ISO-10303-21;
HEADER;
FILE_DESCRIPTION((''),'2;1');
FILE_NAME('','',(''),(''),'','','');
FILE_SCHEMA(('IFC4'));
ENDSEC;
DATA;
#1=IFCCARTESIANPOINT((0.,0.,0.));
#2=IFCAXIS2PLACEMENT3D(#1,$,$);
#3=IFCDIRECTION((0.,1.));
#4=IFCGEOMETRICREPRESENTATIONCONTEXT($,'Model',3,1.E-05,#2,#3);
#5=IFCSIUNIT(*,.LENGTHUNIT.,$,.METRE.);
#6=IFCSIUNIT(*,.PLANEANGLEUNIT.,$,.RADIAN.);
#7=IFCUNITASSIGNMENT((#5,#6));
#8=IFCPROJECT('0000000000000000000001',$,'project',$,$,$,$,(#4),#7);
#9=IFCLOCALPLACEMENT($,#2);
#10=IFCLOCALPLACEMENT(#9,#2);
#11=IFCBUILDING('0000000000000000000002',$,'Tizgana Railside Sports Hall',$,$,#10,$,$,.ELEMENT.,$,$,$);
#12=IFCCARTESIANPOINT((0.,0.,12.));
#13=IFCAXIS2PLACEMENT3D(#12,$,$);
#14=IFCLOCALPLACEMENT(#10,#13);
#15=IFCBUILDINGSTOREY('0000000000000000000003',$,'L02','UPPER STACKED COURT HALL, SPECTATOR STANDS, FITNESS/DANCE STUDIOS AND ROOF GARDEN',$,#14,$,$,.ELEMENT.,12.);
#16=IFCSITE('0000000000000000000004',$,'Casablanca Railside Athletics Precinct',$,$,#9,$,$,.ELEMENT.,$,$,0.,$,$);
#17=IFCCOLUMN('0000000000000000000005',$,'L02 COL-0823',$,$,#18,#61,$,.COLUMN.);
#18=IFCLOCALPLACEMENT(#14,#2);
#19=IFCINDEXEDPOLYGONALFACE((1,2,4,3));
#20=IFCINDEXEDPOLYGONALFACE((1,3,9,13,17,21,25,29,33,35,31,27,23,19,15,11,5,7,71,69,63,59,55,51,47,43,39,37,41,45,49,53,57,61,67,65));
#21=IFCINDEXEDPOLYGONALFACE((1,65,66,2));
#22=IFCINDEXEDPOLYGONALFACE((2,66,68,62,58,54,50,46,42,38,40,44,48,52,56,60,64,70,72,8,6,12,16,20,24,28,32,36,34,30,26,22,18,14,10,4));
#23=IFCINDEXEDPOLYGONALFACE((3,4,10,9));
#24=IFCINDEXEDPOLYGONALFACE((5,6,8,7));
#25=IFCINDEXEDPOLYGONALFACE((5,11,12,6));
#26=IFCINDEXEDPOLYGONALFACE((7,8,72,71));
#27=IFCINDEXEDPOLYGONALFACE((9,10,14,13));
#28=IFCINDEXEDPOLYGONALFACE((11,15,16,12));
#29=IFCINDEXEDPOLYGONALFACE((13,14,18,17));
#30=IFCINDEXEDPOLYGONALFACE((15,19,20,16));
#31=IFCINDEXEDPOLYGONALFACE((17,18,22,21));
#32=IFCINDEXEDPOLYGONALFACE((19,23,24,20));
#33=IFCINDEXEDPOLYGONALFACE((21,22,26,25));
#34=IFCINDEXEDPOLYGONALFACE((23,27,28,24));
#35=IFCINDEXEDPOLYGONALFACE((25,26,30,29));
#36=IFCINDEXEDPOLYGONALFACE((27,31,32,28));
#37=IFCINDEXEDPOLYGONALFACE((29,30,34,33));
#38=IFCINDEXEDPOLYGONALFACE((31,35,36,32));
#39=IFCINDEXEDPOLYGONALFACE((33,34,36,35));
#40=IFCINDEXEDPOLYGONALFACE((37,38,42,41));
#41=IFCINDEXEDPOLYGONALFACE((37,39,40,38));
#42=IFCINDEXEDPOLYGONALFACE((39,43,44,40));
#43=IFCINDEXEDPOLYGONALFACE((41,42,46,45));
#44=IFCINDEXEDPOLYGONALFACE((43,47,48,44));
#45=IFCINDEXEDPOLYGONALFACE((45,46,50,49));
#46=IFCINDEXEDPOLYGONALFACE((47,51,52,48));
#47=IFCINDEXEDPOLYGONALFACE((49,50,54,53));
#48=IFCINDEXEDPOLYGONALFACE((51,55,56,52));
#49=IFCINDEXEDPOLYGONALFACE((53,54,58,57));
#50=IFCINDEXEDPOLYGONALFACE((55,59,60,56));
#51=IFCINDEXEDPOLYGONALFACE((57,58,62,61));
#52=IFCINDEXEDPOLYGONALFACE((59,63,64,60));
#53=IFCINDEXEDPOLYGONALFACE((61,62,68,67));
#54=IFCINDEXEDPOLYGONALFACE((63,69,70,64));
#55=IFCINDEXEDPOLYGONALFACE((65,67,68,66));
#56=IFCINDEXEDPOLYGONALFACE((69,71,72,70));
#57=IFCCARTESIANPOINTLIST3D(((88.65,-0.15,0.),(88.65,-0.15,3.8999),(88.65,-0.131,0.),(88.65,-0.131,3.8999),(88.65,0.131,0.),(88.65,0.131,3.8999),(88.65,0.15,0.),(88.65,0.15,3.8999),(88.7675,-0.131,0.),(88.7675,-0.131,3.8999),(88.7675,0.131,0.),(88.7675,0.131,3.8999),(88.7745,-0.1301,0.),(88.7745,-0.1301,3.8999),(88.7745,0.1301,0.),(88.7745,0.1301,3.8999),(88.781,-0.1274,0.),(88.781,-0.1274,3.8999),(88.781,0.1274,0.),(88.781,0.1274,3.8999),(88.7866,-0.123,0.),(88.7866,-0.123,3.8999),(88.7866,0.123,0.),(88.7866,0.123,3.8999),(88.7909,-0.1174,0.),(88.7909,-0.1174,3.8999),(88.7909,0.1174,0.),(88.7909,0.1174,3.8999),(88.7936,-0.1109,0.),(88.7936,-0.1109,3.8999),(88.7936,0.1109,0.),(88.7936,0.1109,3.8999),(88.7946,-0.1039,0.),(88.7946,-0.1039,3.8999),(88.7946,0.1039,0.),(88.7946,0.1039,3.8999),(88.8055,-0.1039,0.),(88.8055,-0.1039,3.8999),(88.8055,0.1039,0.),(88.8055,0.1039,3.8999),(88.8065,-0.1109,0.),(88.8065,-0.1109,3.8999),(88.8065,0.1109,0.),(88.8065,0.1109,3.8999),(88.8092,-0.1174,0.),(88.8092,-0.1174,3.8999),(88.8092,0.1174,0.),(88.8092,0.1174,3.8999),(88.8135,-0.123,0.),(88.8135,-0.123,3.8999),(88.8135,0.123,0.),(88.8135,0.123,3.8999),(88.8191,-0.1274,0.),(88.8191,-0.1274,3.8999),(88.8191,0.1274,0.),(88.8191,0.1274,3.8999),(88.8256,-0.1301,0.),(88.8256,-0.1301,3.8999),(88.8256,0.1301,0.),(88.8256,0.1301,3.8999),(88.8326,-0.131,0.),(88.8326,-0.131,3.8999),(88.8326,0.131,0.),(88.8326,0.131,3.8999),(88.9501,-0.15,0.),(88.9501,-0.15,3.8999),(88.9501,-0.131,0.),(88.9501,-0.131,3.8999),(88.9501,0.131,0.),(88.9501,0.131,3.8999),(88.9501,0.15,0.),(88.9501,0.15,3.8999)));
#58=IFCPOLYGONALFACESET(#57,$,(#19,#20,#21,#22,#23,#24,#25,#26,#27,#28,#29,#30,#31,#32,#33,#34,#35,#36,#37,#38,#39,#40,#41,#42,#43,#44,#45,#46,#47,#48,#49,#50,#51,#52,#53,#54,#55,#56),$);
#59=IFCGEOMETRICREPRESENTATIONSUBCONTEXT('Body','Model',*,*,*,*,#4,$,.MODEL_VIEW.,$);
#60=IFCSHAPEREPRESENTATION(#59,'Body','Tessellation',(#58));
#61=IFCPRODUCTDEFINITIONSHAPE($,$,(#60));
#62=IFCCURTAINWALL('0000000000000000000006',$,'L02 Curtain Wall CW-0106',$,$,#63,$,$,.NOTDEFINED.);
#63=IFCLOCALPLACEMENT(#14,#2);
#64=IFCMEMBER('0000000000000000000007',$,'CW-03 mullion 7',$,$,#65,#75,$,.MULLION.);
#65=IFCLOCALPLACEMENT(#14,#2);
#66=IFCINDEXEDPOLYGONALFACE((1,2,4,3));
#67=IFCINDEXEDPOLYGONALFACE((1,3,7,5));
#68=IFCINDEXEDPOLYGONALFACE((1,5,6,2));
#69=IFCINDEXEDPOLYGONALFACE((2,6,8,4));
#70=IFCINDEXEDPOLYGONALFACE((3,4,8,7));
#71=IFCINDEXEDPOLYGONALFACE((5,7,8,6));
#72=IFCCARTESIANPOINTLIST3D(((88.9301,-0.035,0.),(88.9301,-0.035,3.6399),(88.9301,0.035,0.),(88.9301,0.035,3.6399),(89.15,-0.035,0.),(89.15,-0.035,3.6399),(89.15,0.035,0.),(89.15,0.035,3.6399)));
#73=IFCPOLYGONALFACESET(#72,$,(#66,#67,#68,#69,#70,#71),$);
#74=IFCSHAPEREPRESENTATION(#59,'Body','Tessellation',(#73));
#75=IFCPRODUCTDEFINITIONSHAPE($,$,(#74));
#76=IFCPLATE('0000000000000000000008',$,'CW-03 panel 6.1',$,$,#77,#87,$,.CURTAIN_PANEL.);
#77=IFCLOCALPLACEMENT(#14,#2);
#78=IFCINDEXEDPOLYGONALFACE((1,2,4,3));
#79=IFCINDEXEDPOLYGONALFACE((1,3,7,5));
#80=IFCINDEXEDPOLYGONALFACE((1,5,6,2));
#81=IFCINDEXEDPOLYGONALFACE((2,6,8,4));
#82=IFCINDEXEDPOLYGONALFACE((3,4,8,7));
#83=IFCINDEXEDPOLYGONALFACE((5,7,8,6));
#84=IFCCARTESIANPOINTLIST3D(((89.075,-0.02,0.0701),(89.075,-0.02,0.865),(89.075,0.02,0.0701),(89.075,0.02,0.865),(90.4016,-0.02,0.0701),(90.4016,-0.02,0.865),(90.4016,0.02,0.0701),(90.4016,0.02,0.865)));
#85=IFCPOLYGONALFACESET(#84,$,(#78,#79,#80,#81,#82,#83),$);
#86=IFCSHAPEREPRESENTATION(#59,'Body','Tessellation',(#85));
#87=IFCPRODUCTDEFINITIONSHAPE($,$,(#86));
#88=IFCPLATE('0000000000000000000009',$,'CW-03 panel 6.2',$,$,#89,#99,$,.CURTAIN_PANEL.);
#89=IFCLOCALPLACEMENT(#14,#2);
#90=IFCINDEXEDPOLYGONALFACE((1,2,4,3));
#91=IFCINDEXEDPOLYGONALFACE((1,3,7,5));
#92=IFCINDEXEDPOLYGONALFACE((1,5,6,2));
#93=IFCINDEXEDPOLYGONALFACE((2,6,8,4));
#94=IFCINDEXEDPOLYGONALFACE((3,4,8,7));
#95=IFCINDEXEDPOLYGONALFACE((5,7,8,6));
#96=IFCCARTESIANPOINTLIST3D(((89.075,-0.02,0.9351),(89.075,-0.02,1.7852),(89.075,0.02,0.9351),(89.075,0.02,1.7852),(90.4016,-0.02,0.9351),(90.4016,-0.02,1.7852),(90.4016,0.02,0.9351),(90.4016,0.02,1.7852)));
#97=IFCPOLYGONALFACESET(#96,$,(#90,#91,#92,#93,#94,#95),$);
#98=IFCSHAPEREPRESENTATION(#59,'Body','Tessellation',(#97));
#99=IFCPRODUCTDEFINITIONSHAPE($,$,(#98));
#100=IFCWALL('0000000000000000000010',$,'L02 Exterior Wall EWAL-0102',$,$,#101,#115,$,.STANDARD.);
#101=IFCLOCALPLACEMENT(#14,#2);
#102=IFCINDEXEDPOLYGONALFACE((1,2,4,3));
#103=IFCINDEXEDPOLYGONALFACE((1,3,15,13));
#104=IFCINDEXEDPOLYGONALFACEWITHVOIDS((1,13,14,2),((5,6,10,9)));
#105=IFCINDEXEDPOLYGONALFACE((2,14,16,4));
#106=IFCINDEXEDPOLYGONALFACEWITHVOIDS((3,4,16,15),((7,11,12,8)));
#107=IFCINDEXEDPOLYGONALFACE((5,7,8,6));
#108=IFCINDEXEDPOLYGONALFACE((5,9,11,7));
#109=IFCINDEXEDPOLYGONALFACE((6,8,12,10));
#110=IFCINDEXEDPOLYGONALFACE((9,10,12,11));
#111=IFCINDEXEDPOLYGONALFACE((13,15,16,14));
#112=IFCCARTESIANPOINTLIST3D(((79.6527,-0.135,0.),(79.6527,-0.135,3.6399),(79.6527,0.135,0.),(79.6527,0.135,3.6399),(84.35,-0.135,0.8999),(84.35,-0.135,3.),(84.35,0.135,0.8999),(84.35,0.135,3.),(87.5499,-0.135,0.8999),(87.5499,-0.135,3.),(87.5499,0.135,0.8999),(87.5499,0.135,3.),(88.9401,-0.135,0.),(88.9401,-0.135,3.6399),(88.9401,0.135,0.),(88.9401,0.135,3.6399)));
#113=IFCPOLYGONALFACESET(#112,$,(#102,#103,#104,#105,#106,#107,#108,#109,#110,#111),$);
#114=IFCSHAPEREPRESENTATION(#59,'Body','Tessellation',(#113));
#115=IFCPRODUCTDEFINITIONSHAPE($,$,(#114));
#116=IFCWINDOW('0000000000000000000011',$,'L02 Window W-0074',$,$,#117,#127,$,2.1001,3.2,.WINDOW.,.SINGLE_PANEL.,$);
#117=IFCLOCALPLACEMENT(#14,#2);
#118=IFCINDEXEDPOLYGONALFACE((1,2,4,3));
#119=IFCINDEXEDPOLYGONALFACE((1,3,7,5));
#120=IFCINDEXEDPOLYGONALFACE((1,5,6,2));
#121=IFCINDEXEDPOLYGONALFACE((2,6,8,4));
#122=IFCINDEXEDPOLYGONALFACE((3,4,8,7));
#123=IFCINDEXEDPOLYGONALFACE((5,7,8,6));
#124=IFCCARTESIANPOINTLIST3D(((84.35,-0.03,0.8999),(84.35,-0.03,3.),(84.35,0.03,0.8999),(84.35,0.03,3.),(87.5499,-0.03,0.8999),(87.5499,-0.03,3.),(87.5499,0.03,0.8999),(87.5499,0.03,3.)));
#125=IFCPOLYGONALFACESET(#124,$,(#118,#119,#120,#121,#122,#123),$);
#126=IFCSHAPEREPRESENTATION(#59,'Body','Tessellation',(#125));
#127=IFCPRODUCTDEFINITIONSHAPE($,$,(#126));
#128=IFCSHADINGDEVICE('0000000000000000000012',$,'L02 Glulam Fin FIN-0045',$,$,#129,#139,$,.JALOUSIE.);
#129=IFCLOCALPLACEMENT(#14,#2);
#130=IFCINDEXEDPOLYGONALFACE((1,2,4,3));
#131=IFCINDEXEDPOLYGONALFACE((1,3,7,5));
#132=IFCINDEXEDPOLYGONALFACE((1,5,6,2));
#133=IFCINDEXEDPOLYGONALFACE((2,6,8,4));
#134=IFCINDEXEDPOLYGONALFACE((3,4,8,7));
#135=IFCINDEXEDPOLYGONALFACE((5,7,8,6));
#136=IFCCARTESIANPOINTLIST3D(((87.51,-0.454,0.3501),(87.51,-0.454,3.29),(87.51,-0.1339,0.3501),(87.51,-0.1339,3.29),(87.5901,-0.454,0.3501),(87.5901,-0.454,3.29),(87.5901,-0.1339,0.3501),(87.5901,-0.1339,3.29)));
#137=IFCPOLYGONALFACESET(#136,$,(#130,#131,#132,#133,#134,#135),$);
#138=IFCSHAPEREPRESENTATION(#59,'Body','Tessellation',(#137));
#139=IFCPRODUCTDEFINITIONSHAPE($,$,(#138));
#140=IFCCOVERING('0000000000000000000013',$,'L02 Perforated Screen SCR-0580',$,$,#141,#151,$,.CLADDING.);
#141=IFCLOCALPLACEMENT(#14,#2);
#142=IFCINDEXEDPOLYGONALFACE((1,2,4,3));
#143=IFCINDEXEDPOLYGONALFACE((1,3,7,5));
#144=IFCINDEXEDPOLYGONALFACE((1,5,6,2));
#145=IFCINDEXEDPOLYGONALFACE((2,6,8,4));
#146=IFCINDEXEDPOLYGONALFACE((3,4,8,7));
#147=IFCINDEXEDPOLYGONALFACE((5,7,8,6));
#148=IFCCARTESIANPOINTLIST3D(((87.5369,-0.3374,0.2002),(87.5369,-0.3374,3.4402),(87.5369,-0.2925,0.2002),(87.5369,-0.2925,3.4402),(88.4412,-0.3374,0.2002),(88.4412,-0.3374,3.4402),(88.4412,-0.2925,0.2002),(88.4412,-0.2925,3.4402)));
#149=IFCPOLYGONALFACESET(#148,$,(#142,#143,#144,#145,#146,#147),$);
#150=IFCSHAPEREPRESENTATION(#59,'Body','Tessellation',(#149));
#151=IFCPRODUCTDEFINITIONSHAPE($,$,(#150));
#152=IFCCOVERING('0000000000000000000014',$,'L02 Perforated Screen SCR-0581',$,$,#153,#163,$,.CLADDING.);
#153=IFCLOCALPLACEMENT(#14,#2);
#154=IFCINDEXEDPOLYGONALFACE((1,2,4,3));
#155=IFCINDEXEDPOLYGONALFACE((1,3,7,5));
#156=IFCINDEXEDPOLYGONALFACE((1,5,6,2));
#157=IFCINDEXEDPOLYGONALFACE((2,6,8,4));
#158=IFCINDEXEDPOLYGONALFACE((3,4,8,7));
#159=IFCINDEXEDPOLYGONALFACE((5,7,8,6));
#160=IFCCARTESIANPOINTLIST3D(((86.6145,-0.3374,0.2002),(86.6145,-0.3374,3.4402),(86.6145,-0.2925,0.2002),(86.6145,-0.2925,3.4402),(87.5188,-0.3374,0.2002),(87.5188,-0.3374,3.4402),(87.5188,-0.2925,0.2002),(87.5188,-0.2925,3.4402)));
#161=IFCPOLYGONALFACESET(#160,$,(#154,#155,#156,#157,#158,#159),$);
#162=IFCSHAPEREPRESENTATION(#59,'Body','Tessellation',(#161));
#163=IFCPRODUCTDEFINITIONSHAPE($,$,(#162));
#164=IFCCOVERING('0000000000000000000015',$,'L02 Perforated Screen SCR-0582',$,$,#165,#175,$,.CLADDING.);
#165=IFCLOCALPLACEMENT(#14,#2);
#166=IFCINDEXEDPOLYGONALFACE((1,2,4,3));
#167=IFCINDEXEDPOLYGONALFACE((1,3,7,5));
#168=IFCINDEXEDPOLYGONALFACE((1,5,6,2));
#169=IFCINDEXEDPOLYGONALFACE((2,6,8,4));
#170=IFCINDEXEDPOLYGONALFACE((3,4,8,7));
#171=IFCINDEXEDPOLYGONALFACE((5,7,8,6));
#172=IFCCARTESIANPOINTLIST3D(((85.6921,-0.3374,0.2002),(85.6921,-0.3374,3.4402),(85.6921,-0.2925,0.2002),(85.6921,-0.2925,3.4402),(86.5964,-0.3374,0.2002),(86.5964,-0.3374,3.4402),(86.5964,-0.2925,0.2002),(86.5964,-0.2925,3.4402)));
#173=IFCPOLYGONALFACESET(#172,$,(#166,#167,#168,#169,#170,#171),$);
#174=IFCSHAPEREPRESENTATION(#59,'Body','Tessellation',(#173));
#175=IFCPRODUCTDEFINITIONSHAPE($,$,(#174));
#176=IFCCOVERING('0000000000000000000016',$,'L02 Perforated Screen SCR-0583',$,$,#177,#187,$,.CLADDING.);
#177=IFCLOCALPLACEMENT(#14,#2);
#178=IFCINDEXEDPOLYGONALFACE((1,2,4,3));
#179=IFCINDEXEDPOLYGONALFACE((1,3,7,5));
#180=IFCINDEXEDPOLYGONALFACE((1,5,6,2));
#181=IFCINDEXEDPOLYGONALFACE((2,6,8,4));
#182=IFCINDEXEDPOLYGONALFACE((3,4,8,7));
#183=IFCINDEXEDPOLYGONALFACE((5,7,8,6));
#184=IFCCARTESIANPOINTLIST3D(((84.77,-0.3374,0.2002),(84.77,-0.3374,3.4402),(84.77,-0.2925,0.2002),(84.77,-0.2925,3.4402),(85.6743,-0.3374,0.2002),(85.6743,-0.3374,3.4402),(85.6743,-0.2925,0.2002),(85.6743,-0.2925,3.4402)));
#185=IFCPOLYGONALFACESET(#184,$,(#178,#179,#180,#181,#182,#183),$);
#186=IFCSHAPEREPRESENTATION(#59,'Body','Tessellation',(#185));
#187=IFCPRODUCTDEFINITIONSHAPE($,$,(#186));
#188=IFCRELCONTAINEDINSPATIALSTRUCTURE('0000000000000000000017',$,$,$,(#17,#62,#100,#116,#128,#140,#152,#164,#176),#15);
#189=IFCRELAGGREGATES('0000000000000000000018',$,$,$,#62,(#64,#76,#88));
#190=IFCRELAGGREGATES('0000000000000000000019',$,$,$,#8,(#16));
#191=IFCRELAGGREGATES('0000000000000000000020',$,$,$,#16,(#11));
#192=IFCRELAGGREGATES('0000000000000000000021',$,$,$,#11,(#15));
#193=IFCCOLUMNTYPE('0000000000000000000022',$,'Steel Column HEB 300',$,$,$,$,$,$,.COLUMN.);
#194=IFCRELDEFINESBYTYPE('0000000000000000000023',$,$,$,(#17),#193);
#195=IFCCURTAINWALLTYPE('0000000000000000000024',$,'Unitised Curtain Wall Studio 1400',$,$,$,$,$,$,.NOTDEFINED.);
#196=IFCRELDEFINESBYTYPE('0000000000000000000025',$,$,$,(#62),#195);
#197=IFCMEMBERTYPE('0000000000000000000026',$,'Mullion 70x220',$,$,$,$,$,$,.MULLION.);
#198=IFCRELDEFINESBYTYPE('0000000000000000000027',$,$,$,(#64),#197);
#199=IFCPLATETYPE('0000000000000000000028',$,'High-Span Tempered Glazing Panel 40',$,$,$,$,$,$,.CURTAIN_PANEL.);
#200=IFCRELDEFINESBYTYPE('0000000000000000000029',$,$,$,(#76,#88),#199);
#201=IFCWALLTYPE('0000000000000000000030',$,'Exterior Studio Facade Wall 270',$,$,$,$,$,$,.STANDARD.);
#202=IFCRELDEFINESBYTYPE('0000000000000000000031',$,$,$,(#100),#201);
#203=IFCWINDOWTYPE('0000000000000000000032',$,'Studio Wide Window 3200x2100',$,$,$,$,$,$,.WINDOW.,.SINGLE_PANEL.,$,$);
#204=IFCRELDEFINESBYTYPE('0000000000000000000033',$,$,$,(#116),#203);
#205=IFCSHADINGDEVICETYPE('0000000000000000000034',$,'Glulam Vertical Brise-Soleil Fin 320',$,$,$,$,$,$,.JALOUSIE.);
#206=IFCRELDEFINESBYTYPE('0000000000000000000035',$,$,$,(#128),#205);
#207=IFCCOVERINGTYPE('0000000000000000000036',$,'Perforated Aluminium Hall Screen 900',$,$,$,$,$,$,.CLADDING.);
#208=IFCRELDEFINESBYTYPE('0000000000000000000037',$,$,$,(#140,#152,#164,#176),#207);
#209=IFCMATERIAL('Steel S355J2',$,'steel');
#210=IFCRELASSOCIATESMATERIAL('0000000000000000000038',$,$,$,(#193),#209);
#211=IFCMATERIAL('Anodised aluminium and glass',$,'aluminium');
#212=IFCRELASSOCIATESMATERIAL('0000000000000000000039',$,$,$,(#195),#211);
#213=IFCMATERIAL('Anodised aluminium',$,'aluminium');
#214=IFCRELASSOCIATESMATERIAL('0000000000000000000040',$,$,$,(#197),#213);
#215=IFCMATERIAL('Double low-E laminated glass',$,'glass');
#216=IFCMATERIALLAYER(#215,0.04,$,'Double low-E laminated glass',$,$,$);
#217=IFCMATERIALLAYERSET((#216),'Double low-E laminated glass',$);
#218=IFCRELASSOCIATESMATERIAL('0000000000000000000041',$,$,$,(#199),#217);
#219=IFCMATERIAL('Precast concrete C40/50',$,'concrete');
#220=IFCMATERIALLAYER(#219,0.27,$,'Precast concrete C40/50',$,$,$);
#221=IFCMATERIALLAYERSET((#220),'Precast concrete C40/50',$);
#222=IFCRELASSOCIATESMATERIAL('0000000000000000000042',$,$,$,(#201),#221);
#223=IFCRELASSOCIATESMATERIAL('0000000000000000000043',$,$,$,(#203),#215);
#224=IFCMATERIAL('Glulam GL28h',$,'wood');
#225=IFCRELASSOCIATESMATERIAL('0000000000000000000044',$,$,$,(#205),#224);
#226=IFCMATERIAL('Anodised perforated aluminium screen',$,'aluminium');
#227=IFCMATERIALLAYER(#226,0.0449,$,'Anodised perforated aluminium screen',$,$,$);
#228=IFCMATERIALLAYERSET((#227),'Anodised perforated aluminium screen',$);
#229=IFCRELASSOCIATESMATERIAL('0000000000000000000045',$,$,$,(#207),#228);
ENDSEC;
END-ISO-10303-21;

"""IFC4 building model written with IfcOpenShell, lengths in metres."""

from ifc_helpers import new_model, si_unit, direction, frame, frame_2d, origin, origin_2d, place, context, subcontext, project, spatial, rectangle, i_section, extrude, material, layer, layer_set, material_profile, profile_set, type_object, element, fill, aggregate, save


model = new_model("IFC4")

# Units and contexts
model_context = context("Model", 3, precision=1e-05, world=origin(), true_north=direction((0.0, 1.0)))
body_context = subcontext(model_context, "Body", "Model", "MODEL_VIEW")
ifc_project = project(units=[si_unit("LENGTHUNIT", "METRE"), si_unit("PLANEANGLEUNIT", "RADIAN")], contexts=[model_context])

# Site, building, storey
site_placement = place(None, origin())
site = spatial("IfcSite", under=ifc_project, at=site_placement, Name="Casablanca Railside Athletics Precinct", CompositionType="ELEMENT", RefElevation=0.0)
building_placement = place(site_placement, origin())
building = spatial("IfcBuilding", under=site, at=building_placement, Name="Tizgana Railside Sports Hall", CompositionType="ELEMENT")
storey_placement = place(building_placement, frame((0.0, 0.0, 12.0)))
storey = spatial("IfcBuildingStorey", under=building, at=storey_placement, Name="L02", Description="UPPER STACKED COURT HALL, SPECTATOR STANDS, FITNESS/DANCE STUDIOS AND ROOF GARDEN", CompositionType="ELEMENT", Elevation=12.0)

# Column
ifc_material_1 = material(Name="Steel S355J2", Category="steel")
ifc_material_profile_1 = material_profile(ifc_material_1, i_section(OverallWidth=0.3, OverallDepth=0.3, WebThickness=0.011, FlangeThickness=0.019, FilletRadius=0.0271, at=origin_2d()), Name="HEB 300")
ifc_profile_set_1 = profile_set([ifc_material_profile_1], Name="Steel S355J2")
column_type = type_object("IfcColumnType", Name="Steel Column HEB 300", PredefinedType="COLUMN", material=ifc_profile_set_1)
column_placement = place(storey_placement, frame((88.8, 0.0, 0.0), z_axis=(0.0, 0.0, 1.0), x_axis=(1.0, 0.0, 0.0)))
element("IfcColumn", 1, at=column_placement, inside=storey, type_object=column_type, Name="L02 COL-0823", PredefinedType="COLUMN", context=body_context, shape_type="SweptSolid", body=[
    extrude(i_section(OverallWidth=0.3, OverallDepth=0.3, WebThickness=0.011, FlangeThickness=0.019, FilletRadius=0.0271, at=origin_2d()), origin(), (0.0, 0.0, 1.0), 3.8999),
])

# Curtain wall, member, plates
ifc_material_2 = material(Name="Anodised aluminium and glass", Category="aluminium")
curtain_wall_type = type_object("IfcCurtainWallType", Name="Unitised Curtain Wall Studio 1400", PredefinedType="NOTDEFINED", material=ifc_material_2)
curtain_wall_placement = place(storey_placement, origin())
curtain_wall = element("IfcCurtainWall", 2, at=curtain_wall_placement, inside=storey, type_object=curtain_wall_type, Name="L02 Curtain Wall CW-0106", PredefinedType="NOTDEFINED")
ifc_material_3 = material(Name="Anodised aluminium", Category="aluminium")
ifc_material_profile_2 = material_profile(ifc_material_3, rectangle(XDim=0.0701, YDim=0.22, at=origin_2d()), Name="Mullion 70x220")
ifc_profile_set_2 = profile_set([ifc_material_profile_2], Name="Anodised aluminium")
member_type = type_object("IfcMemberType", Name="Mullion 70x220", PredefinedType="MULLION", material=ifc_profile_set_2)
member_placement = place(storey_placement, frame((89.04, 0.0, 0.0), z_axis=(0.0, 0.0, 1.0), x_axis=(0.0, -1.0, 0.0)))
member = element("IfcMember", 3, at=member_placement, type_object=member_type, Name="CW-03 mullion 7", PredefinedType="MULLION", context=body_context, shape_type="SweptSolid", body=[
    extrude(rectangle(XDim=0.0701, YDim=0.22, at=origin_2d()), origin(), (0.0, 0.0, 1.0), 3.6399),
])
ifc_material_4 = material(Name="Double low-E laminated glass", Category="glass")
ifc_layer_1 = layer(ifc_material_4, 0.04, Name="Double low-E laminated glass")
ifc_layer_set_1 = layer_set([ifc_layer_1], Name="Double low-E laminated glass")
plate_type = type_object("IfcPlateType", Name="High-Span Tempered Glazing Panel 40", PredefinedType="CURTAIN_PANEL", material=ifc_layer_set_1)
plate_1_placement = place(storey_placement, frame((89.7383, 0.0, 0.0701), z_axis=(0.0, 0.0, 1.0), x_axis=(-1.0, 0.0, 0.0)))
plate_1 = element("IfcPlate", 4, at=plate_1_placement, type_object=plate_type, Name="CW-03 panel 6.1", PredefinedType="CURTAIN_PANEL", context=body_context, shape_type="SweptSolid", body=[
    extrude(rectangle(XDim=1.3267, YDim=0.04, at=origin_2d()), origin(), (0.0, 0.0, 1.0), 0.7949),
])
plate_2_placement = place(storey_placement, frame((89.7383, 0.0, 0.9351), z_axis=(0.0, 0.0, 1.0), x_axis=(-1.0, 0.0, 0.0)))
plate_2 = element("IfcPlate", 5, at=plate_2_placement, type_object=plate_type, Name="CW-03 panel 6.2", PredefinedType="CURTAIN_PANEL", context=body_context, shape_type="SweptSolid", body=[
    extrude(rectangle(XDim=1.3267, YDim=0.04, at=origin_2d()), origin(), (0.0, 0.0, 1.0), 0.8501),
])
aggregate(curtain_wall, [member, plate_1, plate_2])

# Wall, opening, window
ifc_material_5 = material(Name="Precast concrete C40/50", Category="concrete")
ifc_layer_2 = layer(ifc_material_5, 0.27, Name="Precast concrete C40/50")
ifc_layer_set_2 = layer_set([ifc_layer_2], Name="Precast concrete C40/50")
wall_type = type_object("IfcWallType", Name="Exterior Studio Facade Wall 270", PredefinedType="STANDARD", material=ifc_layer_set_2)
wall_placement = place(storey_placement, frame((88.9399, 0.0, 0.0), z_axis=(0.0, 0.0, 1.0), x_axis=(-1.0, 0.0, 0.0)))
wall = element("IfcWall", 6, at=wall_placement, inside=storey, type_object=wall_type, Name="L02 Exterior Wall EWAL-0102", PredefinedType="STANDARD", context=body_context, shape_type="SweptSolid", body=[
    extrude(rectangle(XDim=9.2874, YDim=0.27, at=frame_2d((4.6436, 0.0))), origin(), (0.0, 0.0, 1.0), 3.6399),
])
opening_placement = place(wall_placement, frame((1.3899, 0.0, 0.8999)))
opening = element("IfcOpeningElement", 7, at=opening_placement, cuts=wall, PredefinedType="OPENING", context=body_context, shape_type="SweptSolid", body=[
    extrude(rectangle(XDim=3.2, YDim=2.1001, at=frame_2d((1.6001, 1.05))), frame((0.0, 0.145, 0.0), z_axis=(0.0, -1.0, 0.0), x_axis=(1.0, 0.0, 0.0)), (0.0, 0.0, 1.0), 0.29),
])
window_type = type_object("IfcWindowType", Name="Studio Wide Window 3200x2100", PartitioningType="SINGLE_PANEL", PredefinedType="WINDOW", material=ifc_material_4)
window_placement = place(opening_placement, origin())
window = element("IfcWindow", 8, at=window_placement, inside=storey, type_object=window_type, Name="L02 Window W-0074", OverallHeight=2.1001, OverallWidth=3.2, PartitioningType="SINGLE_PANEL", PredefinedType="WINDOW", context=body_context, shape_type="SweptSolid", body=[
    extrude(rectangle(XDim=3.2, YDim=2.1001, at=frame_2d((1.6001, 1.05))), frame((0.0, 0.03, 0.0), z_axis=(0.0, -1.0, 0.0), x_axis=(1.0, 0.0, 0.0)), (0.0, 0.0, 1.0), 0.0601),
])
fill(opening, window)

# Shading device
ifc_material_6 = material(Name="Glulam GL28h", Category="wood")
shading_device_type = type_object("IfcShadingDeviceType", Name="Glulam Vertical Brise-Soleil Fin 320", PredefinedType="JALOUSIE", material=ifc_material_6)
shading_device_placement = place(storey_placement, frame((87.55, -0.2939, 0.3501), z_axis=(0.0, 0.0, 1.0), x_axis=(-1.0, 0.0, 0.0)))
element("IfcShadingDevice", 9, at=shading_device_placement, inside=storey, type_object=shading_device_type, Name="L02 Glulam Fin FIN-0045", PredefinedType="JALOUSIE", context=body_context, shape_type="SweptSolid", body=[
    extrude(rectangle(XDim=0.0801, YDim=0.3201, at=origin_2d()), origin(), (0.0, 0.0, 1.0), 2.9399),
])

# Coverings
ifc_material_7 = material(Name="Anodised perforated aluminium screen", Category="aluminium")
ifc_layer_3 = layer(ifc_material_7, 0.0449, Name="Anodised perforated aluminium screen")
ifc_layer_set_3 = layer_set([ifc_layer_3], Name="Anodised perforated aluminium screen")
covering_type = type_object("IfcCoveringType", Name="Perforated Aluminium Hall Screen 900", PredefinedType="CLADDING", material=ifc_layer_set_3)
for number, where, z_axis, x_axis, name in (
    (10, (87.989, -0.3149, 0.2002), (0.0, 0.0, 1.0), (-1.0, 0.0, 0.0), "L02 Perforated Screen SCR-0580"),
    (11, (87.0667, -0.3149, 0.2002), (0.0, 0.0, 1.0), (-1.0, 0.0, 0.0), "L02 Perforated Screen SCR-0581"),
    (12, (86.1443, -0.3149, 0.2002), (0.0, 0.0, 1.0), (-1.0, 0.0, 0.0), "L02 Perforated Screen SCR-0582"),
    (13, (85.2222, -0.3149, 0.2002), (0.0, 0.0, 1.0), (-1.0, 0.0, 0.0), "L02 Perforated Screen SCR-0583"),
):
    element("IfcCovering", number, at=place(storey_placement, frame(where, z_axis=z_axis, x_axis=x_axis)), inside=storey, type_object=covering_type, Name=name, PredefinedType="CLADDING", context=body_context, shape_type="SweptSolid", body=[
        extrude(rectangle(XDim=0.9043, YDim=0.0449, at=origin_2d()), origin(), (0.0, 0.0, 1.0), 3.24),
    ])

save(model, "model.ifc")
